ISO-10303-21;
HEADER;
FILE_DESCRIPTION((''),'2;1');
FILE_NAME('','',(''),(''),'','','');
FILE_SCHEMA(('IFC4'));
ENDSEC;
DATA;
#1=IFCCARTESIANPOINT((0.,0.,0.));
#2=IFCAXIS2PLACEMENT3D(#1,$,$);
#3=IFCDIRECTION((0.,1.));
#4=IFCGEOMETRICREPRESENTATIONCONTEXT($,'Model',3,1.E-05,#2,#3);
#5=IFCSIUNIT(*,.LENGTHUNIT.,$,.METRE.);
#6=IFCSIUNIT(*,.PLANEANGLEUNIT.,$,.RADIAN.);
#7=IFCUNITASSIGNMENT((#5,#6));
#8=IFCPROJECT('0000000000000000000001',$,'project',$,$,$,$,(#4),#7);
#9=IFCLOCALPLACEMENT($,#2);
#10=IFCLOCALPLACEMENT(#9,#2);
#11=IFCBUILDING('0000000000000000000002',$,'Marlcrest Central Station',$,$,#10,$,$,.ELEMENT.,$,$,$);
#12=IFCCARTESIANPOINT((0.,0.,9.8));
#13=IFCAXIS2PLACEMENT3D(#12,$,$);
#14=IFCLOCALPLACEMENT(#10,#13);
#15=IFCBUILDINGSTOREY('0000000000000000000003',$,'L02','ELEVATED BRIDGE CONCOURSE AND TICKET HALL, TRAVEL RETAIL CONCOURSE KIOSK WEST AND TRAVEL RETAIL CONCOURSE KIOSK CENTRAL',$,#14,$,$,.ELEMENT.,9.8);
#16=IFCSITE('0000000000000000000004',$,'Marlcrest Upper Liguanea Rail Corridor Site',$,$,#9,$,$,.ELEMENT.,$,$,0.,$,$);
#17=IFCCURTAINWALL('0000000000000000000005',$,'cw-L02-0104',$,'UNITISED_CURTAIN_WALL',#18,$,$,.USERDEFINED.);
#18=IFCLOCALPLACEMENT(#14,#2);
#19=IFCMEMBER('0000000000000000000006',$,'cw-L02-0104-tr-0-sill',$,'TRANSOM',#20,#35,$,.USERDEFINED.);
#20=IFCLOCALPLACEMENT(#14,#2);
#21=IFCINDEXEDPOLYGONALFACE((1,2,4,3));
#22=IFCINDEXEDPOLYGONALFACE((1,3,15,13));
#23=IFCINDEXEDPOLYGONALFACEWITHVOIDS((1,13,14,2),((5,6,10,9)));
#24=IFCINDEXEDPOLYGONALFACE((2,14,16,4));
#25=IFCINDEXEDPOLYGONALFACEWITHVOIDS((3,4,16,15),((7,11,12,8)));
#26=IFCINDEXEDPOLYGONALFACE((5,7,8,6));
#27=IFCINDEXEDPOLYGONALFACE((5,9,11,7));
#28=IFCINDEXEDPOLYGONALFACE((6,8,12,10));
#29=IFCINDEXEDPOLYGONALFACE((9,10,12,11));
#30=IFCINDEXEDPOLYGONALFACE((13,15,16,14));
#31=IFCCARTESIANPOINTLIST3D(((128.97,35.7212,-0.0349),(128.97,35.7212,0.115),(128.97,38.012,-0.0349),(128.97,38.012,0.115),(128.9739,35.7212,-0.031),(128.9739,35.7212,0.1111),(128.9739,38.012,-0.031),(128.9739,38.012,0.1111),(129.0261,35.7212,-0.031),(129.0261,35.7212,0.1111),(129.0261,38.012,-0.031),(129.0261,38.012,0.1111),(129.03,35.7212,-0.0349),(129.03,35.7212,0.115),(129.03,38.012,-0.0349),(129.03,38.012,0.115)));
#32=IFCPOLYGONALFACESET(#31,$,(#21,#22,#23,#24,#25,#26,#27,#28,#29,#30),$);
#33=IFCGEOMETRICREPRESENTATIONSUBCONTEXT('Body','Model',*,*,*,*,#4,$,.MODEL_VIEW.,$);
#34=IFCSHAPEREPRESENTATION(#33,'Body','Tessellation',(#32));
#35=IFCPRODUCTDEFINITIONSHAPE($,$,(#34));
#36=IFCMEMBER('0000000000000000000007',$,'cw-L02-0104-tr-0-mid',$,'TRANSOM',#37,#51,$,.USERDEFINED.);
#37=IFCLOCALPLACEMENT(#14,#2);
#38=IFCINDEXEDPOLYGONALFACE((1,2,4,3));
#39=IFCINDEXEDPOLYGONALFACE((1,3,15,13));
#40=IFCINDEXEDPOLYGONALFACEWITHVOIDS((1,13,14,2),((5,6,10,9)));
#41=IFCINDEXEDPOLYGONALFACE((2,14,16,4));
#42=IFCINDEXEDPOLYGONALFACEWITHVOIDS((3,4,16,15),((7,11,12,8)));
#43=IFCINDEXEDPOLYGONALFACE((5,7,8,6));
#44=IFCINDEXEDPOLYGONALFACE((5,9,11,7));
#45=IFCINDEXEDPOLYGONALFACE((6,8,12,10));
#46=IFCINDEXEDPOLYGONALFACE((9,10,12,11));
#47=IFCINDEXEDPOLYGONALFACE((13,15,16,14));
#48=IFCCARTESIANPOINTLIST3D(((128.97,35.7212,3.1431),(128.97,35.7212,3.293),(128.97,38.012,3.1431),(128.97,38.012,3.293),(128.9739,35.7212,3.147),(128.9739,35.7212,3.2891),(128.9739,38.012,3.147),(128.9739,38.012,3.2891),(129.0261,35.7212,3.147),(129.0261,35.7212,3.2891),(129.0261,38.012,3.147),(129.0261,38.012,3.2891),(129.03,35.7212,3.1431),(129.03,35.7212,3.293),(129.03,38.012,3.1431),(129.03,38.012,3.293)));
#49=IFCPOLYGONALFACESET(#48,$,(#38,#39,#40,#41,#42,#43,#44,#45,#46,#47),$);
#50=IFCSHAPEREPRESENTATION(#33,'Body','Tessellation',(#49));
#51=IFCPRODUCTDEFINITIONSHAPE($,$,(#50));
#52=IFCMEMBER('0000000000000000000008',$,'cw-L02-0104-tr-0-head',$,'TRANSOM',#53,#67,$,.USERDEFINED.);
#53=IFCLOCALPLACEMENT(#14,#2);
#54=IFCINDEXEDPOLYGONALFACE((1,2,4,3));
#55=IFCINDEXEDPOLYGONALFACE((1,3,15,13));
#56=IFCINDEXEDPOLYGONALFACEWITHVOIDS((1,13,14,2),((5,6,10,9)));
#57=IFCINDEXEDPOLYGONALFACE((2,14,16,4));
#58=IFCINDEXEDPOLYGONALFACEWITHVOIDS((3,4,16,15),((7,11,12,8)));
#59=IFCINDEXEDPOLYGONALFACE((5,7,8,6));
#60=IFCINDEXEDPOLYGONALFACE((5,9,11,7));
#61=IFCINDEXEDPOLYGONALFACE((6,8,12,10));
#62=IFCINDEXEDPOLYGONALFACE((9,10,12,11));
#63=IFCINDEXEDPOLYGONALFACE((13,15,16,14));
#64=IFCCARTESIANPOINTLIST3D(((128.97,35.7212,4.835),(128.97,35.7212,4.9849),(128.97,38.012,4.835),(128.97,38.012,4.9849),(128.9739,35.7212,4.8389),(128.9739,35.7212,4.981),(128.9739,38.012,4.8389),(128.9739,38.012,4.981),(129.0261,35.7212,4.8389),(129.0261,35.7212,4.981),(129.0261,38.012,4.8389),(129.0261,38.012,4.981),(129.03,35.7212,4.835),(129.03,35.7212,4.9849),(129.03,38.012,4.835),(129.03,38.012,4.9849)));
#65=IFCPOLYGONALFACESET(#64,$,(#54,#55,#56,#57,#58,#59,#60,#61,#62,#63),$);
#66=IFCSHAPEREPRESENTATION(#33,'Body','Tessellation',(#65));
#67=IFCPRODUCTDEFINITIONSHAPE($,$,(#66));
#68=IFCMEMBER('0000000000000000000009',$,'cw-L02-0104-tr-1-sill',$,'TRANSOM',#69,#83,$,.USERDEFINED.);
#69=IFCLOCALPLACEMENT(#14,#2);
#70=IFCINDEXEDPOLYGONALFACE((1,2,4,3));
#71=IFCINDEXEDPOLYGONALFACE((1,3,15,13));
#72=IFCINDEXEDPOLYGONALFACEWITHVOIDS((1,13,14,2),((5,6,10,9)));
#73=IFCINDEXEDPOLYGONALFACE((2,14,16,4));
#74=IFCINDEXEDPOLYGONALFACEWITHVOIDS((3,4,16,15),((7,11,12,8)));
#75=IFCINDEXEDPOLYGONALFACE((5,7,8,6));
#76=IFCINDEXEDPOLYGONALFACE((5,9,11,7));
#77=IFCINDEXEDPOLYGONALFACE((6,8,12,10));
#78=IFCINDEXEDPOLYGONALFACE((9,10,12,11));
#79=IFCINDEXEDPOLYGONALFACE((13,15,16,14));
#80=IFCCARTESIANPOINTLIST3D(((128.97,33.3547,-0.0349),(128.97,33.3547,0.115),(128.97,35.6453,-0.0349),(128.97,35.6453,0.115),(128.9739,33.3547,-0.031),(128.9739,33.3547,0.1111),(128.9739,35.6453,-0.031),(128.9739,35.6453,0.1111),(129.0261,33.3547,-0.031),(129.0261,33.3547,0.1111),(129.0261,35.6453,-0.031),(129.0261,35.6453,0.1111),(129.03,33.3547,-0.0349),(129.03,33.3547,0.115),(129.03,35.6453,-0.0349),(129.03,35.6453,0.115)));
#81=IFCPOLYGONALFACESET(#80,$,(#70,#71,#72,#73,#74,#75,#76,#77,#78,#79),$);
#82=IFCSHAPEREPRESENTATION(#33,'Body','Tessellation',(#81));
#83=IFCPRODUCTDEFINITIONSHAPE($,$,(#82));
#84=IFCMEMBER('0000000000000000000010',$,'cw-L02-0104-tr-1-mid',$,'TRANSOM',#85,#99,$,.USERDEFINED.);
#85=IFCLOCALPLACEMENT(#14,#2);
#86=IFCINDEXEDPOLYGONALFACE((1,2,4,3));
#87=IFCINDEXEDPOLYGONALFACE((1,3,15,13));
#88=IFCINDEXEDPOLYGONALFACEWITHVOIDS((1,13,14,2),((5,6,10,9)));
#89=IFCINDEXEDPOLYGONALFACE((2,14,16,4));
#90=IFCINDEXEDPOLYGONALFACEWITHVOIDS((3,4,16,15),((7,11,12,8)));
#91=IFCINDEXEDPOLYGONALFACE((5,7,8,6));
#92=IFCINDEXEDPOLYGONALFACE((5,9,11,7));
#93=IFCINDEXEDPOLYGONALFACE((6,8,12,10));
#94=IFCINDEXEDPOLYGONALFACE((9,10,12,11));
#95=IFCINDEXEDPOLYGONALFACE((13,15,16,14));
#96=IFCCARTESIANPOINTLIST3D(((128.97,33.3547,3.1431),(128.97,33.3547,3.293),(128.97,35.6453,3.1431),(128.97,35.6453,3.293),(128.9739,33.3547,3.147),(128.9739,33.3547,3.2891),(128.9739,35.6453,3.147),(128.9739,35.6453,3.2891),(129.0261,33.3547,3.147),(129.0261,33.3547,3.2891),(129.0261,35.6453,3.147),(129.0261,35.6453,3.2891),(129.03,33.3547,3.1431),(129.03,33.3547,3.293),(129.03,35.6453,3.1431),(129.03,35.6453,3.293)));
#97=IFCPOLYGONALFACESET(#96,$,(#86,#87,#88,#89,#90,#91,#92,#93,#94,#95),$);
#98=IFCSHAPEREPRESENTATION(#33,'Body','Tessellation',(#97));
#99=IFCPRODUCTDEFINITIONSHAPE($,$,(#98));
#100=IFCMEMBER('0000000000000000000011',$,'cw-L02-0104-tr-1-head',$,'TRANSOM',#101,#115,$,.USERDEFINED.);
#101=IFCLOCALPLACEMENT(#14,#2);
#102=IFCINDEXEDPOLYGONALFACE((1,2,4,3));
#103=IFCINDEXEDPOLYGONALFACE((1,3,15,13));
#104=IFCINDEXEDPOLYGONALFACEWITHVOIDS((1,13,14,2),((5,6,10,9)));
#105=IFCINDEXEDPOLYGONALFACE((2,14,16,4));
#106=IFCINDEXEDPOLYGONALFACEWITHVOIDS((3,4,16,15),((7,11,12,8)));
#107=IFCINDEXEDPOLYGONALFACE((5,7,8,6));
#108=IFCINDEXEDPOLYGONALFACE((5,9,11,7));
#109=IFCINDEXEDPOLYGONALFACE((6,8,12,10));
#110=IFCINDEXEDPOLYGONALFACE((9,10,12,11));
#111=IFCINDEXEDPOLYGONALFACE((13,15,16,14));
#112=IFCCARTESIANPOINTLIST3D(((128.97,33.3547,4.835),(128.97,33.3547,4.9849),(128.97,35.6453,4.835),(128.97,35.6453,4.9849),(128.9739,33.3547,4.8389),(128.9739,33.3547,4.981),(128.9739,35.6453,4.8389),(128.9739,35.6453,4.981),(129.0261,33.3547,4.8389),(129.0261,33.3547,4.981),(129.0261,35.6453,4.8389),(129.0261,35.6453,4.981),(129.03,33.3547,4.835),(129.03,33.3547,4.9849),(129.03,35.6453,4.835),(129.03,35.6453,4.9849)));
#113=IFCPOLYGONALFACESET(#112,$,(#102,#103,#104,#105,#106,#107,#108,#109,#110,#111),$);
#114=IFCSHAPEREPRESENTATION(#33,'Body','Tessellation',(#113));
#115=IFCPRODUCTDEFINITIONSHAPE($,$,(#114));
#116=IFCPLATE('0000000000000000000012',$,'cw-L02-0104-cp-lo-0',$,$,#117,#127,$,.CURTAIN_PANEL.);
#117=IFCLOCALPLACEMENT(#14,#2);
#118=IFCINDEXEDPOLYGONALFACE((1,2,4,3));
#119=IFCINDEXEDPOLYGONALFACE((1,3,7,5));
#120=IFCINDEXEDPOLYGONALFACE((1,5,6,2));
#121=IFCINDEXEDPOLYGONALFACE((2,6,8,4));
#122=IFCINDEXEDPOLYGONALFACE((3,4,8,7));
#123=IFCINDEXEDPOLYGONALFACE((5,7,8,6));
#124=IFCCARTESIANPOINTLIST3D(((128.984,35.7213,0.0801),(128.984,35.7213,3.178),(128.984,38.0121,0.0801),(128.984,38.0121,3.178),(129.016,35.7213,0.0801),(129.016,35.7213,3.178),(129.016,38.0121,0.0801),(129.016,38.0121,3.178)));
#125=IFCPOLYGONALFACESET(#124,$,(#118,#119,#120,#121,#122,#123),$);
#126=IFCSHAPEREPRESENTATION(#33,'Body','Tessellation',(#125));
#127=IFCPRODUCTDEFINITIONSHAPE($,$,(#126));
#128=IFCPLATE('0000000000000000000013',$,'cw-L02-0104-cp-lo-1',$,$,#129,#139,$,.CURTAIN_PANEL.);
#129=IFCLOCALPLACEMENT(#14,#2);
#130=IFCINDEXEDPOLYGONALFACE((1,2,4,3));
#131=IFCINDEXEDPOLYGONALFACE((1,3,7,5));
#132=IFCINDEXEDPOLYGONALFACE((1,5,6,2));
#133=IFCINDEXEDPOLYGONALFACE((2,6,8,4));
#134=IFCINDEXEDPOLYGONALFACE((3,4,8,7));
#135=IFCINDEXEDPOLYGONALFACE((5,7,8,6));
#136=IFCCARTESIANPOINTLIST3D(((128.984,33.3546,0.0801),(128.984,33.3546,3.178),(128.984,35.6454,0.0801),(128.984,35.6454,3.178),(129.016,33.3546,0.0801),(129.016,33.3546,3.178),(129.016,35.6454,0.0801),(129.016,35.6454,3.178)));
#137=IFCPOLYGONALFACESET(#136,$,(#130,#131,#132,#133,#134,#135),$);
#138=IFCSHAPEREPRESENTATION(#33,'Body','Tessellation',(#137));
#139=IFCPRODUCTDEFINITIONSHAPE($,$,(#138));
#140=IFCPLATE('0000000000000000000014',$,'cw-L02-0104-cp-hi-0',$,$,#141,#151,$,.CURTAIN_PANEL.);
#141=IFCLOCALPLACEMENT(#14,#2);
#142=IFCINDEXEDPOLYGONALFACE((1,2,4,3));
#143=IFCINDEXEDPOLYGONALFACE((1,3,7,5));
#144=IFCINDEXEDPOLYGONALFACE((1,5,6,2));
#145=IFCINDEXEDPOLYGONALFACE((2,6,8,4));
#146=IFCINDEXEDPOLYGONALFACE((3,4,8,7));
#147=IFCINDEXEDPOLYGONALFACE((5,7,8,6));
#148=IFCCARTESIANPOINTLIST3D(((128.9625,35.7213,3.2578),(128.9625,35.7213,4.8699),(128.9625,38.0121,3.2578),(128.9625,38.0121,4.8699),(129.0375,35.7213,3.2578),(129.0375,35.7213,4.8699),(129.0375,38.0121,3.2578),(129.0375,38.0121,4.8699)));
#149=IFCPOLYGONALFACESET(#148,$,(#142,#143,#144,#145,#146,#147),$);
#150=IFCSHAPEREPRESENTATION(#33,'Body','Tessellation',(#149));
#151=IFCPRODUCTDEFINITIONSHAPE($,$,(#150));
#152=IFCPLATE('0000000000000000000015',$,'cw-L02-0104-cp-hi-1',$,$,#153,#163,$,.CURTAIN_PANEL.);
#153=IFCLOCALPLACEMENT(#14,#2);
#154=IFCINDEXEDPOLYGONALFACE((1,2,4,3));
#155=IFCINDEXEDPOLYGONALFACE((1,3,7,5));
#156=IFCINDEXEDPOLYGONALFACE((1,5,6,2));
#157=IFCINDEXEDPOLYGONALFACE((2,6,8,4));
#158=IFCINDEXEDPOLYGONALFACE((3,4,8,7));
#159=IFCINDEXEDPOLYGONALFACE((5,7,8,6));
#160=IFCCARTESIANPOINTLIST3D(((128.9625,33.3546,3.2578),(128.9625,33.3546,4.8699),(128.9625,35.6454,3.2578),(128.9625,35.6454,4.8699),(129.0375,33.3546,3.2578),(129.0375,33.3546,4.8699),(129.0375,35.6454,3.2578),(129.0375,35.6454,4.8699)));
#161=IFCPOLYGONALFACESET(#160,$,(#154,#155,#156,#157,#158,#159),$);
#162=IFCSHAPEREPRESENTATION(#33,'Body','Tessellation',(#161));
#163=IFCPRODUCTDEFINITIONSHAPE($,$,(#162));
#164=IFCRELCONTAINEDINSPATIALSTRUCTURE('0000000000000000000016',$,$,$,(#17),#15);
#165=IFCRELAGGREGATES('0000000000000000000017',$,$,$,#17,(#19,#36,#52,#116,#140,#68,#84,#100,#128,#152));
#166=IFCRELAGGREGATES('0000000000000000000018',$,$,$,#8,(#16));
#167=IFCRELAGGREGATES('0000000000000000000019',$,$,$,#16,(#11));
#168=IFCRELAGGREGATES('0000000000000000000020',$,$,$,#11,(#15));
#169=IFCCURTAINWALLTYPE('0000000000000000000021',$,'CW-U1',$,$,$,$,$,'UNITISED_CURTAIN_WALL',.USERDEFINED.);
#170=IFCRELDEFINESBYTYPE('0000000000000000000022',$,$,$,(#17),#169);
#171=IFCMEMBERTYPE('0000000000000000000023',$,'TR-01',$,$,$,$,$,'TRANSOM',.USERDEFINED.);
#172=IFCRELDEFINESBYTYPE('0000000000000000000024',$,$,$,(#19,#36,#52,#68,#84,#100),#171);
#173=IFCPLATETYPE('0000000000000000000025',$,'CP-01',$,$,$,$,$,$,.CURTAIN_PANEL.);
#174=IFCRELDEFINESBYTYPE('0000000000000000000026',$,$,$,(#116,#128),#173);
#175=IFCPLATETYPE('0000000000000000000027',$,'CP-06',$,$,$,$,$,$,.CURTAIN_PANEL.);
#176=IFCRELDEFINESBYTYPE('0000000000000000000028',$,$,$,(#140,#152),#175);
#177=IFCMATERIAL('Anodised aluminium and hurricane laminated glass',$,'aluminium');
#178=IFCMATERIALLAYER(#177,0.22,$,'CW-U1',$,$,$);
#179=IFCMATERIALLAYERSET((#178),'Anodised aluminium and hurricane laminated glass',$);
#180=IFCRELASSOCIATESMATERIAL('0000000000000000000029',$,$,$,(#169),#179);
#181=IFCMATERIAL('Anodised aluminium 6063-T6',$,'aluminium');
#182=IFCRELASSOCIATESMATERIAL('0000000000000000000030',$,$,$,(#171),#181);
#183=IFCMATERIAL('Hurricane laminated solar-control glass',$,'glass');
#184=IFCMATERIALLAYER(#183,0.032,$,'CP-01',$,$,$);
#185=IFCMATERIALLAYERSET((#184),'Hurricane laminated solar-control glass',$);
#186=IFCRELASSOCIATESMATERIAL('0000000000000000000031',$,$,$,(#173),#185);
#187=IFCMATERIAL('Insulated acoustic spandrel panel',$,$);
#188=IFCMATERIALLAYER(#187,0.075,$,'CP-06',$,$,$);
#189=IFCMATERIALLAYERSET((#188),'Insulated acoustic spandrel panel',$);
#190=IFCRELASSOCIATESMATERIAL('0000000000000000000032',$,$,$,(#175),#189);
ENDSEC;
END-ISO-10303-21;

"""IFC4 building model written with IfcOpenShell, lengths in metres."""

from ifc_helpers import new_model, si_unit, direction, frame, origin, origin_2d, place, context, subcontext, project, spatial, rectangle, hollow_rectangle, extrude, material, layer, layer_set, material_profile, profile_set, type_object, element, aggregate, save


model = new_model("IFC4")

# Units and contexts
model_context = context("Model", 3, precision=1e-05, world=origin(), true_north=direction((0.0, 1.0)))
body_context = subcontext(model_context, "Body", "Model", "MODEL_VIEW")
ifc_project = project(units=[si_unit("LENGTHUNIT", "METRE"), si_unit("PLANEANGLEUNIT", "RADIAN")], contexts=[model_context])

# Site, building, storey
site_placement = place(None, origin())
site = spatial("IfcSite", under=ifc_project, at=site_placement, Name="Marlcrest Upper Liguanea Rail Corridor Site", CompositionType="ELEMENT", RefElevation=0.0)
building_placement = place(site_placement, origin())
building = spatial("IfcBuilding", under=site, at=building_placement, Name="Marlcrest Central Station", CompositionType="ELEMENT")
storey_placement = place(building_placement, frame((0.0, 0.0, 9.8)))
storey = spatial("IfcBuildingStorey", under=building, at=storey_placement, Name="L02", Description="ELEVATED BRIDGE CONCOURSE AND TICKET HALL, TRAVEL RETAIL CONCOURSE KIOSK WEST AND TRAVEL RETAIL CONCOURSE KIOSK CENTRAL", CompositionType="ELEMENT", Elevation=9.8)

# Curtain wall
ifc_material_1 = material(Name="Anodised aluminium and hurricane laminated glass", Category="aluminium")
ifc_layer_1 = layer(ifc_material_1, 0.22, Name="CW-U1")
ifc_layer_set_1 = layer_set([ifc_layer_1], Name="Anodised aluminium and hurricane laminated glass")
curtain_wall_type = type_object("IfcCurtainWallType", Name="CW-U1", ElementType="UNITISED_CURTAIN_WALL", PredefinedType="USERDEFINED", material=ifc_layer_set_1)
curtain_wall_1_placement = place(storey_placement, origin())
curtain_wall_1 = element("IfcCurtainWall", 1, at=curtain_wall_1_placement, inside=storey, type_object=curtain_wall_type, Name="cw-L02-0104", ObjectType="UNITISED_CURTAIN_WALL", PredefinedType="USERDEFINED")
ifc_material_2 = material(Name="Anodised aluminium 6063-T6", Category="aluminium")

# Members
ifc_material_profile_1 = material_profile(ifc_material_2, hollow_rectangle(XDim=0.0601, YDim=0.1499, WallThickness=0.0039, at=origin_2d()), Name="AA-RHS 150x60x4")
ifc_profile_set_1 = profile_set([ifc_material_profile_1], Name="Anodised aluminium 6063-T6")
member_type_1 = type_object("IfcMemberType", Name="TR-01", ElementType="TRANSOM", PredefinedType="USERDEFINED", material=ifc_profile_set_1)
member_1_placement = place(storey_placement, frame((129.0, 38.012, 0.04), z_axis=(0.0, -1.0, 0.0), x_axis=(1.0, 0.0, 0.0)))
member_1 = element("IfcMember", 2, at=member_1_placement, type_object=member_type_1, Name="cw-L02-0104-tr-0-sill", ObjectType="TRANSOM", PredefinedType="USERDEFINED", context=body_context, shape_type="SweptSolid", body=[
    extrude(hollow_rectangle(XDim=0.0601, YDim=0.1499, WallThickness=0.0039, at=origin_2d()), origin(), (0.0, 0.0, 1.0), 2.2908),
])
member_2_placement = place(storey_placement, frame((129.0, 38.012, 3.218), z_axis=(0.0, -1.0, 0.0), x_axis=(1.0, 0.0, 0.0)))
member_2 = element("IfcMember", 3, at=member_2_placement, type_object=member_type_1, Name="cw-L02-0104-tr-0-mid", ObjectType="TRANSOM", PredefinedType="USERDEFINED", context=body_context, shape_type="SweptSolid", body=[
    extrude(hollow_rectangle(XDim=0.0601, YDim=0.1499, WallThickness=0.0039, at=origin_2d()), origin(), (0.0, 0.0, 1.0), 2.2908),
])
member_3_placement = place(storey_placement, frame((129.0, 38.012, 4.9099), z_axis=(0.0, -1.0, 0.0), x_axis=(1.0, 0.0, 0.0)))
member_3 = element("IfcMember", 4, at=member_3_placement, type_object=member_type_1, Name="cw-L02-0104-tr-0-head", ObjectType="TRANSOM", PredefinedType="USERDEFINED", context=body_context, shape_type="SweptSolid", body=[
    extrude(hollow_rectangle(XDim=0.0601, YDim=0.1499, WallThickness=0.0039, at=origin_2d()), origin(), (0.0, 0.0, 1.0), 2.2908),
])
member_4_placement = place(storey_placement, frame((129.0, 35.6453, 0.04), z_axis=(0.0, -1.0, 0.0), x_axis=(1.0, 0.0, 0.0)))
member_4 = element("IfcMember", 5, at=member_4_placement, type_object=member_type_1, Name="cw-L02-0104-tr-1-sill", ObjectType="TRANSOM", PredefinedType="USERDEFINED", context=body_context, shape_type="SweptSolid", body=[
    extrude(hollow_rectangle(XDim=0.0601, YDim=0.1499, WallThickness=0.0039, at=origin_2d()), origin(), (0.0, 0.0, 1.0), 2.2905),
])
member_5_placement = place(storey_placement, frame((129.0, 35.6453, 3.218), z_axis=(0.0, -1.0, 0.0), x_axis=(1.0, 0.0, 0.0)))
member_5 = element("IfcMember", 6, at=member_5_placement, type_object=member_type_1, Name="cw-L02-0104-tr-1-mid", ObjectType="TRANSOM", PredefinedType="USERDEFINED", context=body_context, shape_type="SweptSolid", body=[
    extrude(hollow_rectangle(XDim=0.0601, YDim=0.1499, WallThickness=0.0039, at=origin_2d()), origin(), (0.0, 0.0, 1.0), 2.2905),
])
member_6_placement = place(storey_placement, frame((129.0, 35.6453, 4.9099), z_axis=(0.0, -1.0, 0.0), x_axis=(1.0, 0.0, 0.0)))
member_6 = element("IfcMember", 7, at=member_6_placement, type_object=member_type_1, Name="cw-L02-0104-tr-1-head", ObjectType="TRANSOM", PredefinedType="USERDEFINED", context=body_context, shape_type="SweptSolid", body=[
    extrude(hollow_rectangle(XDim=0.0601, YDim=0.1499, WallThickness=0.0039, at=origin_2d()), origin(), (0.0, 0.0, 1.0), 2.2905),
])

# Plates
ifc_material_3 = material(Name="Hurricane laminated solar-control glass", Category="glass")
ifc_layer_2 = layer(ifc_material_3, 0.032, Name="CP-01")
ifc_layer_set_2 = layer_set([ifc_layer_2], Name="Hurricane laminated solar-control glass")
plate_type_1 = type_object("IfcPlateType", Name="CP-01", PredefinedType="CURTAIN_PANEL", material=ifc_layer_set_2)
plate_1_placement = place(storey_placement, frame((129.0, 36.8667, 0.0801), z_axis=(0.0, 0.0, 1.0), x_axis=(0.0, -1.0, 0.0)))
plate_1 = element("IfcPlate", 8, at=plate_1_placement, type_object=plate_type_1, Name="cw-L02-0104-cp-lo-0", PredefinedType="CURTAIN_PANEL", context=body_context, shape_type="SweptSolid", body=[
    extrude(rectangle(XDim=2.2908, YDim=0.032, at=origin_2d()), origin(), (0.0, 0.0, 1.0), 3.0979),
])
plate_2_placement = place(storey_placement, frame((129.0, 34.5, 0.0801), z_axis=(0.0, 0.0, 1.0), x_axis=(0.0, -1.0, 0.0)))
plate_2 = element("IfcPlate", 9, at=plate_2_placement, type_object=plate_type_1, Name="cw-L02-0104-cp-lo-1", PredefinedType="CURTAIN_PANEL", context=body_context, shape_type="SweptSolid", body=[
    extrude(rectangle(XDim=2.2908, YDim=0.032, at=origin_2d()), origin(), (0.0, 0.0, 1.0), 3.0979),
])
ifc_material_4 = material(Name="Insulated acoustic spandrel panel")
ifc_layer_3 = layer(ifc_material_4, 0.075, Name="CP-06")
ifc_layer_set_3 = layer_set([ifc_layer_3], Name="Insulated acoustic spandrel panel")
plate_type_2 = type_object("IfcPlateType", Name="CP-06", PredefinedType="CURTAIN_PANEL", material=ifc_layer_set_3)
plate_3_placement = place(storey_placement, frame((129.0, 36.8667, 3.2578), z_axis=(0.0, 0.0, 1.0), x_axis=(0.0, -1.0, 0.0)))
plate_3 = element("IfcPlate", 10, at=plate_3_placement, type_object=plate_type_2, Name="cw-L02-0104-cp-hi-0", PredefinedType="CURTAIN_PANEL", context=body_context, shape_type="SweptSolid", body=[
    extrude(rectangle(XDim=2.2908, YDim=0.075, at=origin_2d()), origin(), (0.0, 0.0, 1.0), 1.6121),
])
plate_4_placement = place(storey_placement, frame((129.0, 34.5, 3.2578), z_axis=(0.0, 0.0, 1.0), x_axis=(0.0, -1.0, 0.0)))
plate_4 = element("IfcPlate", 11, at=plate_4_placement, type_object=plate_type_2, Name="cw-L02-0104-cp-hi-1", PredefinedType="CURTAIN_PANEL", context=body_context, shape_type="SweptSolid", body=[
    extrude(rectangle(XDim=2.2908, YDim=0.075, at=origin_2d()), origin(), (0.0, 0.0, 1.0), 1.6121),
])
aggregate(curtain_wall_1, [member_1, member_2, member_3, plate_1, plate_3, member_4, member_5, member_6, plate_2, plate_4])

save(model, "model.ifc")
